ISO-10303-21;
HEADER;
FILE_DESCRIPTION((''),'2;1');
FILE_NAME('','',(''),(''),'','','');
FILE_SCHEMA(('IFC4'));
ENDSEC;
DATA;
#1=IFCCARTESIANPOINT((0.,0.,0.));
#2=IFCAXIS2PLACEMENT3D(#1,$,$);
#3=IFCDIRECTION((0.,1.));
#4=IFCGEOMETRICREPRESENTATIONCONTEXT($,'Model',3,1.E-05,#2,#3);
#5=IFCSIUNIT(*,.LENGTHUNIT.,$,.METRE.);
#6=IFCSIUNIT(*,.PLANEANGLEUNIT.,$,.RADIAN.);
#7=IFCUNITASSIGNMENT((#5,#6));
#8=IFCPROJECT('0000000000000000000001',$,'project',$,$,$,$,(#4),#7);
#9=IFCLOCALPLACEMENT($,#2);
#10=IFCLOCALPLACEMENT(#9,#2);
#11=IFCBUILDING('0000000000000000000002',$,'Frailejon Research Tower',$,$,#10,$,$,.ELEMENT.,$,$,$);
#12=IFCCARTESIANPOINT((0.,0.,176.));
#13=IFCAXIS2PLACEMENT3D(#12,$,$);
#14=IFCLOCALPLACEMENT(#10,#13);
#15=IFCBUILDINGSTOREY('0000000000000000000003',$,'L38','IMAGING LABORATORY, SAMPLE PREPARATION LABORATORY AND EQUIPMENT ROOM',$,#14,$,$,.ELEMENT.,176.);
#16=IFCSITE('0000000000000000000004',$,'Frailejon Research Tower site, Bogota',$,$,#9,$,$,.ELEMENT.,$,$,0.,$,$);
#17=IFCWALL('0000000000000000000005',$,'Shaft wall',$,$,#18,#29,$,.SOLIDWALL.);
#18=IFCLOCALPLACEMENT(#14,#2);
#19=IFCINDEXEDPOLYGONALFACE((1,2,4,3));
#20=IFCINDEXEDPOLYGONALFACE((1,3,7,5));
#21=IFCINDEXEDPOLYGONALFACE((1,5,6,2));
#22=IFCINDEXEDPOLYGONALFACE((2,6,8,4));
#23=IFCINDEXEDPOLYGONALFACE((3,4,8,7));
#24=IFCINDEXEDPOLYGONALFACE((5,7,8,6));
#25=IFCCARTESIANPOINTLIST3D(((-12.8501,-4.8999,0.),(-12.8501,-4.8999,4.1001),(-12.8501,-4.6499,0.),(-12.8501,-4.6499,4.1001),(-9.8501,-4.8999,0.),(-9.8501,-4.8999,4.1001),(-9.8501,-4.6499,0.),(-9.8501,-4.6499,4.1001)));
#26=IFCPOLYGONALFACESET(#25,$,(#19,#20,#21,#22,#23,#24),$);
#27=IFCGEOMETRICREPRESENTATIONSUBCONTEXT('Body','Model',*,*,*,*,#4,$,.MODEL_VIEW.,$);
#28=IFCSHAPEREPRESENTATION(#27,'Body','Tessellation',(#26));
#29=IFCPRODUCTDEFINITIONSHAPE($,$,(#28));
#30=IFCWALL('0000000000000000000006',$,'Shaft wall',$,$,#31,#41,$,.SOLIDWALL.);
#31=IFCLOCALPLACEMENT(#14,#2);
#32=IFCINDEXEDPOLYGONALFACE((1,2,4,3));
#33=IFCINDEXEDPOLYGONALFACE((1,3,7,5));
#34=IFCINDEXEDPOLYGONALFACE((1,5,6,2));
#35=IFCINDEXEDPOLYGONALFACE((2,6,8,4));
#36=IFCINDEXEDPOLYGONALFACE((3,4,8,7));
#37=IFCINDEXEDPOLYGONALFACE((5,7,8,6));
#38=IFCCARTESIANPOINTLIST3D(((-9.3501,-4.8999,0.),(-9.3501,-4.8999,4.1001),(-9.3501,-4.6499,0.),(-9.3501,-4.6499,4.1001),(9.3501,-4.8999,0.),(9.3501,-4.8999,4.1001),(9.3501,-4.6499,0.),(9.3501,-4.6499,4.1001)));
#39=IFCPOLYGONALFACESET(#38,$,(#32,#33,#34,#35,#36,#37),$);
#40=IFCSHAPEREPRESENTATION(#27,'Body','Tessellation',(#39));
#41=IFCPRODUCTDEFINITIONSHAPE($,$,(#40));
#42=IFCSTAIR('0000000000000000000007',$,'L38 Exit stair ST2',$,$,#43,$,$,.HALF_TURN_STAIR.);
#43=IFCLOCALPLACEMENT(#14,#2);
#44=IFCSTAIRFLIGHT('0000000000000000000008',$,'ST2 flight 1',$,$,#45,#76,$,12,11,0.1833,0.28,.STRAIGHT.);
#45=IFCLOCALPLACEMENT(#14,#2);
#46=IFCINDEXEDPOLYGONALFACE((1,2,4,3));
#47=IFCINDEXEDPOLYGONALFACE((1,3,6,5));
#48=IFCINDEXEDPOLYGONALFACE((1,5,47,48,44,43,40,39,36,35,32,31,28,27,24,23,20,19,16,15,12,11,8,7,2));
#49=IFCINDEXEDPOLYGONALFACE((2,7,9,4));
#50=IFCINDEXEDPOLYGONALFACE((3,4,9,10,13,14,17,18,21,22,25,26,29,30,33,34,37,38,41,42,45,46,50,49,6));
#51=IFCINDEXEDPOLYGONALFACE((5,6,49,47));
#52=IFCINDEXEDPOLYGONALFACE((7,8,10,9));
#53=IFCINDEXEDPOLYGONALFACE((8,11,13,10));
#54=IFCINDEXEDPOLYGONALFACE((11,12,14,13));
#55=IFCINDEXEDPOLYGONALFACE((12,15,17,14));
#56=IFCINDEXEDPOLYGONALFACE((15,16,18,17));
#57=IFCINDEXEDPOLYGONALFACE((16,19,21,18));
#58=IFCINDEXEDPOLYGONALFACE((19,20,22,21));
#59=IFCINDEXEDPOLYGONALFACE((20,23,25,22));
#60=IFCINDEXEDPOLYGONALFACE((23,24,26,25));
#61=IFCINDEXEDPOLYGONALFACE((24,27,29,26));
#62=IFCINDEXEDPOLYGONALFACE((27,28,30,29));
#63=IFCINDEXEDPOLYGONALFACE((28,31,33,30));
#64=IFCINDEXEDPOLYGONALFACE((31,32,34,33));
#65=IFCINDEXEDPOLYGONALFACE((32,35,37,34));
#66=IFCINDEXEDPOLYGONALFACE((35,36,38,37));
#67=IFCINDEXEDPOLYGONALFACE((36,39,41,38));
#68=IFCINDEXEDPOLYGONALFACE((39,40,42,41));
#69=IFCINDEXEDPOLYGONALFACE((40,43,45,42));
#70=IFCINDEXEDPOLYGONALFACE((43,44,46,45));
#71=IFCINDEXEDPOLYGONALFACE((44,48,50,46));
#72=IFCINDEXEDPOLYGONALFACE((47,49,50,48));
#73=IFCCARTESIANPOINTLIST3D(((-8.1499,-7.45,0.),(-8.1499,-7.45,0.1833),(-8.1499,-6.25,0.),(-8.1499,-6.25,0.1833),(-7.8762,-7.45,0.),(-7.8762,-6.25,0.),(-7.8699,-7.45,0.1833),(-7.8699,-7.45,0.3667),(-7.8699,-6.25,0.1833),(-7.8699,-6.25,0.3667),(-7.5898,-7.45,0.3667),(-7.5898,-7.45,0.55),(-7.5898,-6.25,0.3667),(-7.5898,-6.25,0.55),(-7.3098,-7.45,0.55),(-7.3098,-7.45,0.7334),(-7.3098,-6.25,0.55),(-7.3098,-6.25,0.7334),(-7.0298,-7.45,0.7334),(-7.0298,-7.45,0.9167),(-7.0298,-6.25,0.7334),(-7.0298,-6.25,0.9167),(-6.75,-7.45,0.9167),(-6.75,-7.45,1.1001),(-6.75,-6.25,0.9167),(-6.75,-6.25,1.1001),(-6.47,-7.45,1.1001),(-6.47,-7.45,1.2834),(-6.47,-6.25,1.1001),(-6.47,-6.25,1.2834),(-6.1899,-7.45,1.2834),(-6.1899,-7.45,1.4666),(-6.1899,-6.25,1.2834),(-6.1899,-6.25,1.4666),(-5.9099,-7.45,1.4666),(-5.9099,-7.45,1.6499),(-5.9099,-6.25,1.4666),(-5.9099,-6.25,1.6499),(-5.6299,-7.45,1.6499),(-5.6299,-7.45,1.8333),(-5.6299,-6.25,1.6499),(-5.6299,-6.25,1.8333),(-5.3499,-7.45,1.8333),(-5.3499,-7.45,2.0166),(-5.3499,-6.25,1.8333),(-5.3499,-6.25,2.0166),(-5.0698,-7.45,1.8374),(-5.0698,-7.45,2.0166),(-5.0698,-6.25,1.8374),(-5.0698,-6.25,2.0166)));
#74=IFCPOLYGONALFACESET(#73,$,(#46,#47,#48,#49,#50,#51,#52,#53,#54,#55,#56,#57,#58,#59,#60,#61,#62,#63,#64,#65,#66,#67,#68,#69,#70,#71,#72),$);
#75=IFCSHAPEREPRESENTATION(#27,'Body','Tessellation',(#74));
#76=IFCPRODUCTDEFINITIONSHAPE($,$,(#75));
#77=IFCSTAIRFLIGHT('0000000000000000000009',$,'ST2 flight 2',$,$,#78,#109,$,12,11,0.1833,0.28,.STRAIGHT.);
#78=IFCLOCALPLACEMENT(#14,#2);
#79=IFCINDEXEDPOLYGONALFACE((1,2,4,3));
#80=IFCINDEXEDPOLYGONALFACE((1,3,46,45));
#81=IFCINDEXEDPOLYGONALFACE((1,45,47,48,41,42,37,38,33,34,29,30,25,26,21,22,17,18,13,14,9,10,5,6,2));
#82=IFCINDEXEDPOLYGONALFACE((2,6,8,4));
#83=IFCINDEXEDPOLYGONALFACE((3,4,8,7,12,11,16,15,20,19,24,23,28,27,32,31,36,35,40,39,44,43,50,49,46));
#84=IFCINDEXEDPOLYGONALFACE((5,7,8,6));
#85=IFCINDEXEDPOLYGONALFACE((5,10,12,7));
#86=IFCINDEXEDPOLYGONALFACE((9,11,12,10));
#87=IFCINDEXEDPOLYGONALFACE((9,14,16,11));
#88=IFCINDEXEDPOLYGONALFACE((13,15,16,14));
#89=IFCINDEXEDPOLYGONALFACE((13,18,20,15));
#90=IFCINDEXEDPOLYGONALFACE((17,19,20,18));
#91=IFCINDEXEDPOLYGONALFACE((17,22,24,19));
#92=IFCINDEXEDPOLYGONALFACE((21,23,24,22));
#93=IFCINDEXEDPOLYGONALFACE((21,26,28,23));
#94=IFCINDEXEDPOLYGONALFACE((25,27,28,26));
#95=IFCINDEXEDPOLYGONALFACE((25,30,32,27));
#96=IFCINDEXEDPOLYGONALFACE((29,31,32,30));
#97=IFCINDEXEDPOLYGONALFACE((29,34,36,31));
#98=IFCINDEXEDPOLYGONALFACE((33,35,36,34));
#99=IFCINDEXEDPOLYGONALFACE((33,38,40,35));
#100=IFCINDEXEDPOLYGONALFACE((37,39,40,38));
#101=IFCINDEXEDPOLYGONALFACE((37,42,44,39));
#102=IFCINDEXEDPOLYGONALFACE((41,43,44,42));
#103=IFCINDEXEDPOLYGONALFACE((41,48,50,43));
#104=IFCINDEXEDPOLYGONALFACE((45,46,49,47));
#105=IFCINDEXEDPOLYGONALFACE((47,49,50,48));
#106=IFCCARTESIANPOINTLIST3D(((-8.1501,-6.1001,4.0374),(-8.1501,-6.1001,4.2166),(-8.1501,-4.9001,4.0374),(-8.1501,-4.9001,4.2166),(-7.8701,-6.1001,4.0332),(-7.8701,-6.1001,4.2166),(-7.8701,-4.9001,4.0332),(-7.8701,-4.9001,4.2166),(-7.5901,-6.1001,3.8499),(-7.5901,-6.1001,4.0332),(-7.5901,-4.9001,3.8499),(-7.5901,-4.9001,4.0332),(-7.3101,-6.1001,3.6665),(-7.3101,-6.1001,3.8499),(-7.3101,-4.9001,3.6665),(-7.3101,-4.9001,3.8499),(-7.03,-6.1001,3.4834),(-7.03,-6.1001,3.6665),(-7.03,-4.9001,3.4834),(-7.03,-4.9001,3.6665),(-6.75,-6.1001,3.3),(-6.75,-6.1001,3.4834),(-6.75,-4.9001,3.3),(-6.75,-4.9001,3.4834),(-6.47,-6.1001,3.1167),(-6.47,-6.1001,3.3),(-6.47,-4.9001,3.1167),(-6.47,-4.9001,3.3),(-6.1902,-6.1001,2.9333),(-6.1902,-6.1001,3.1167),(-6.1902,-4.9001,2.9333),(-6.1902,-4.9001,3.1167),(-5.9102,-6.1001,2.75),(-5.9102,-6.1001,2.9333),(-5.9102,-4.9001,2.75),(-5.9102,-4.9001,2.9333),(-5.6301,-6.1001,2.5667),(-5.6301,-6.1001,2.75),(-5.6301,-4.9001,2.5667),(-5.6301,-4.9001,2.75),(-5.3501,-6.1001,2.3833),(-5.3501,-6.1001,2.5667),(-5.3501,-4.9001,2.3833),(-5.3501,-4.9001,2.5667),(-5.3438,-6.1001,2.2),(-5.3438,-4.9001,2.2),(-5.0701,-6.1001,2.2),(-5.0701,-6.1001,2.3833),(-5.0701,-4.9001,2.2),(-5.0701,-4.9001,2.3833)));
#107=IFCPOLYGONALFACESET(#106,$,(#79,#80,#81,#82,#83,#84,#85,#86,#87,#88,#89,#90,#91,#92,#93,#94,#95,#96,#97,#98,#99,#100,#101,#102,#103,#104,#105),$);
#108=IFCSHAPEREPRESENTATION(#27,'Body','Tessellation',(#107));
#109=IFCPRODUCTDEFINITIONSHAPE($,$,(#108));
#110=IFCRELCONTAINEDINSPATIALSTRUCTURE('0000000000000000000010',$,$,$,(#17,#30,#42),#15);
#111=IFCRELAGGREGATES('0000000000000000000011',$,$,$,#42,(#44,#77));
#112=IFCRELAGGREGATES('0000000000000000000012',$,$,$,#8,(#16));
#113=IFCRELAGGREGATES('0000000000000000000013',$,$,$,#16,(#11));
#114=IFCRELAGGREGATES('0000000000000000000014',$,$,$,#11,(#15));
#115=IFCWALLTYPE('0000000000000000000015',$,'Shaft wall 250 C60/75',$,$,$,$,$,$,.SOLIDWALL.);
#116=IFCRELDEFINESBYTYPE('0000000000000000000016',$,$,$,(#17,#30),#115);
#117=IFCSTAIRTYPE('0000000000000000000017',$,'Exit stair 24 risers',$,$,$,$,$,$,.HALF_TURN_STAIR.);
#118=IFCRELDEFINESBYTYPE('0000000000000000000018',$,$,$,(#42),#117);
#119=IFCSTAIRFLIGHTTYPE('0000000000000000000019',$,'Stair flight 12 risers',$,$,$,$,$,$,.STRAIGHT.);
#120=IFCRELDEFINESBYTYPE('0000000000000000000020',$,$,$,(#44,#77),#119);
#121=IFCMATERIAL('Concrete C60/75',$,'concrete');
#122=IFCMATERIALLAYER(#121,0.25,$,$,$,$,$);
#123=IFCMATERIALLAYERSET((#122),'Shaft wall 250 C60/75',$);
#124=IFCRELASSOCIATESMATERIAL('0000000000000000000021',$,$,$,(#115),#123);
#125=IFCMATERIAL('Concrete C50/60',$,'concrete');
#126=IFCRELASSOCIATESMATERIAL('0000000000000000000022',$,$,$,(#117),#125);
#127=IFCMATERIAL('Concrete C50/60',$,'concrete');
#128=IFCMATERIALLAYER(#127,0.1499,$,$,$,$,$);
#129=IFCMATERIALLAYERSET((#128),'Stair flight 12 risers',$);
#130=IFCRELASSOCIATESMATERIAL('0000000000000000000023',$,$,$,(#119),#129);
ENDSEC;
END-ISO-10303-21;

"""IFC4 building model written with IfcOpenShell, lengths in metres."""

from ifc_helpers import new_model, si_unit, direction, frame, frame_2d, origin, place, context, subcontext, project, spatial, polyline, rectangle, outline, extrude, material, layer, layer_set, type_object, element, aggregate, save


model = new_model("IFC4")

# Units and contexts
model_context = context("Model", 3, precision=1e-05, world=origin(), true_north=direction((0.0, 1.0)))
body_context = subcontext(model_context, "Body", "Model", "MODEL_VIEW")
ifc_project = project(units=[si_unit("LENGTHUNIT", "METRE"), si_unit("PLANEANGLEUNIT", "RADIAN")], contexts=[model_context])

# Site, building, storey
site_placement = place(None, origin())
site = spatial("IfcSite", under=ifc_project, at=site_placement, Name="Frailejon Research Tower site, Bogota", CompositionType="ELEMENT", RefElevation=0.0)
building_placement = place(site_placement, origin())
building = spatial("IfcBuilding", under=site, at=building_placement, Name="Frailejon Research Tower", CompositionType="ELEMENT")
storey_placement = place(building_placement, frame((0.0, 0.0, 176.0)))
storey = spatial("IfcBuildingStorey", under=building, at=storey_placement, Name="L38", Description="IMAGING LABORATORY, SAMPLE PREPARATION LABORATORY AND EQUIPMENT ROOM", CompositionType="ELEMENT", Elevation=176.0)

# Shared definitions
ifc_material_1 = material(Name="Concrete C60/75", Category="concrete")
ifc_layer_1 = layer(ifc_material_1, 0.25)
ifc_layer_set_1 = layer_set([ifc_layer_1], Name="Shaft wall 250 C60/75")
wall_type_1 = type_object("IfcWallType", Name="Shaft wall 250 C60/75", PredefinedType="SOLIDWALL", material=ifc_layer_set_1)

# Walls
wall_1_placement = place(storey_placement, frame((-12.8501, -4.7749, 0.0), z_axis=(0.0, 0.0, 1.0), x_axis=(1.0, 0.0, 0.0)))
element("IfcWall", 1, at=wall_1_placement, inside=storey, type_object=wall_type_1, Name="Shaft wall", PredefinedType="SOLIDWALL", context=body_context, shape_type="SweptSolid", body=[
    extrude(rectangle(XDim=3.0, YDim=0.25, at=frame_2d((1.5, 0.0))), origin(), (0.0, 0.0, 1.0), 4.1001),
])
wall_2_placement = place(storey_placement, frame((-9.3501, -4.7749, 0.0), z_axis=(0.0, 0.0, 1.0), x_axis=(1.0, 0.0, 0.0)))
element("IfcWall", 2, at=wall_2_placement, inside=storey, type_object=wall_type_1, Name="Shaft wall", PredefinedType="SOLIDWALL", context=body_context, shape_type="SweptSolid", body=[
    extrude(rectangle(XDim=18.7002, YDim=0.25, at=frame_2d((9.3501, 0.0))), origin(), (0.0, 0.0, 1.0), 4.1001),
])

# Stair, stair flights
ifc_material_2 = material(Name="Concrete C50/60", Category="concrete")
stair_type = type_object("IfcStairType", Name="Exit stair 24 risers", PredefinedType="HALF_TURN_STAIR", material=ifc_material_2)
stair_placement = place(storey_placement, origin())
stair = element("IfcStair", 3, at=stair_placement, inside=storey, type_object=stair_type, Name="L38 Exit stair ST2", PredefinedType="HALF_TURN_STAIR")
ifc_material_3 = material(Name="Concrete C50/60", Category="concrete")
ifc_layer_2 = layer(ifc_material_3, 0.1499)
ifc_layer_set_2 = layer_set([ifc_layer_2], Name="Stair flight 12 risers")
stair_flight_type = type_object("IfcStairFlightType", Name="Stair flight 12 risers", PredefinedType="STRAIGHT", material=ifc_layer_set_2)
stair_flight_1_placement = place(storey_placement, frame((-8.1499, -6.8501, 0.0), z_axis=(0.0, 0.0, 1.0), x_axis=(1.0, 0.0, 0.0)))
stair_flight_1 = element("IfcStairFlight", 4, at=stair_flight_1_placement, type_object=stair_flight_type, Name="ST2 flight 1", NumberOfRisers=12, NumberOfTreads=11, PredefinedType="STRAIGHT", RiserHeight=0.1833, TreadLength=0.28, context=body_context, shape_type="SweptSolid", body=[
    extrude(outline(polyline([(0.0, 0.0), (0.0, 0.1833), (0.28, 0.1833), (0.28, 0.3667), (0.5601, 0.3667), (0.5601, 0.55), (0.8401, 0.55), (0.8401, 0.7334), (1.1201, 0.7334), (1.1201, 0.9167), (1.3999, 0.9167), (1.3999, 1.1001), (1.6799, 1.1001), (1.6799, 1.2834), (1.96, 1.2834), (1.96, 1.4666), (2.24, 1.4666), (2.24, 1.6499), (2.52, 1.6499), (2.52, 1.8333), (2.8, 1.8333), (2.8, 2.0166), (3.0801, 2.0166), (3.0801, 2.2), (3.0801, 1.8374), (0.2737, 0.0), (0.0, 0.0)])), frame((0.0, 0.6001, 0.0), z_axis=(0.0, -1.0, 0.0), x_axis=(1.0, 0.0, 0.0)), (0.0, 0.0, 1.0), 1.2),
])
stair_flight_2_placement = place(storey_placement, frame((-5.0701, -5.5, 2.2), z_axis=(0.0, 0.0, 1.0), x_axis=(-1.0, 0.0, 0.0)))
stair_flight_2 = element("IfcStairFlight", 5, at=stair_flight_2_placement, type_object=stair_flight_type, Name="ST2 flight 2", NumberOfRisers=12, NumberOfTreads=11, PredefinedType="STRAIGHT", RiserHeight=0.1833, TreadLength=0.28, context=body_context, shape_type="SweptSolid", body=[
    extrude(outline(polyline([(0.0, 0.0), (0.0, 0.1833), (0.28, 0.1833), (0.28, 0.3667), (0.5601, 0.3667), (0.5601, 0.55), (0.8401, 0.55), (0.8401, 0.7334), (1.1201, 0.7334), (1.1201, 0.9167), (1.3999, 0.9167), (1.3999, 1.1001), (1.6799, 1.1001), (1.6799, 1.2834), (1.96, 1.2834), (1.96, 1.4666), (2.24, 1.4666), (2.24, 1.6499), (2.52, 1.6499), (2.52, 1.8333), (2.8, 1.8333), (2.8, 2.0166), (3.0801, 2.0166), (3.0801, 2.2), (3.0801, 1.8374), (0.2737, 0.0), (0.0, 0.0)])), frame((0.0, 0.6001, 0.0), z_axis=(0.0, -1.0, 0.0), x_axis=(1.0, 0.0, 0.0)), (0.0, 0.0, 1.0), 1.2),
])
aggregate(stair, [stair_flight_1, stair_flight_2])

save(model, "model.ifc")
